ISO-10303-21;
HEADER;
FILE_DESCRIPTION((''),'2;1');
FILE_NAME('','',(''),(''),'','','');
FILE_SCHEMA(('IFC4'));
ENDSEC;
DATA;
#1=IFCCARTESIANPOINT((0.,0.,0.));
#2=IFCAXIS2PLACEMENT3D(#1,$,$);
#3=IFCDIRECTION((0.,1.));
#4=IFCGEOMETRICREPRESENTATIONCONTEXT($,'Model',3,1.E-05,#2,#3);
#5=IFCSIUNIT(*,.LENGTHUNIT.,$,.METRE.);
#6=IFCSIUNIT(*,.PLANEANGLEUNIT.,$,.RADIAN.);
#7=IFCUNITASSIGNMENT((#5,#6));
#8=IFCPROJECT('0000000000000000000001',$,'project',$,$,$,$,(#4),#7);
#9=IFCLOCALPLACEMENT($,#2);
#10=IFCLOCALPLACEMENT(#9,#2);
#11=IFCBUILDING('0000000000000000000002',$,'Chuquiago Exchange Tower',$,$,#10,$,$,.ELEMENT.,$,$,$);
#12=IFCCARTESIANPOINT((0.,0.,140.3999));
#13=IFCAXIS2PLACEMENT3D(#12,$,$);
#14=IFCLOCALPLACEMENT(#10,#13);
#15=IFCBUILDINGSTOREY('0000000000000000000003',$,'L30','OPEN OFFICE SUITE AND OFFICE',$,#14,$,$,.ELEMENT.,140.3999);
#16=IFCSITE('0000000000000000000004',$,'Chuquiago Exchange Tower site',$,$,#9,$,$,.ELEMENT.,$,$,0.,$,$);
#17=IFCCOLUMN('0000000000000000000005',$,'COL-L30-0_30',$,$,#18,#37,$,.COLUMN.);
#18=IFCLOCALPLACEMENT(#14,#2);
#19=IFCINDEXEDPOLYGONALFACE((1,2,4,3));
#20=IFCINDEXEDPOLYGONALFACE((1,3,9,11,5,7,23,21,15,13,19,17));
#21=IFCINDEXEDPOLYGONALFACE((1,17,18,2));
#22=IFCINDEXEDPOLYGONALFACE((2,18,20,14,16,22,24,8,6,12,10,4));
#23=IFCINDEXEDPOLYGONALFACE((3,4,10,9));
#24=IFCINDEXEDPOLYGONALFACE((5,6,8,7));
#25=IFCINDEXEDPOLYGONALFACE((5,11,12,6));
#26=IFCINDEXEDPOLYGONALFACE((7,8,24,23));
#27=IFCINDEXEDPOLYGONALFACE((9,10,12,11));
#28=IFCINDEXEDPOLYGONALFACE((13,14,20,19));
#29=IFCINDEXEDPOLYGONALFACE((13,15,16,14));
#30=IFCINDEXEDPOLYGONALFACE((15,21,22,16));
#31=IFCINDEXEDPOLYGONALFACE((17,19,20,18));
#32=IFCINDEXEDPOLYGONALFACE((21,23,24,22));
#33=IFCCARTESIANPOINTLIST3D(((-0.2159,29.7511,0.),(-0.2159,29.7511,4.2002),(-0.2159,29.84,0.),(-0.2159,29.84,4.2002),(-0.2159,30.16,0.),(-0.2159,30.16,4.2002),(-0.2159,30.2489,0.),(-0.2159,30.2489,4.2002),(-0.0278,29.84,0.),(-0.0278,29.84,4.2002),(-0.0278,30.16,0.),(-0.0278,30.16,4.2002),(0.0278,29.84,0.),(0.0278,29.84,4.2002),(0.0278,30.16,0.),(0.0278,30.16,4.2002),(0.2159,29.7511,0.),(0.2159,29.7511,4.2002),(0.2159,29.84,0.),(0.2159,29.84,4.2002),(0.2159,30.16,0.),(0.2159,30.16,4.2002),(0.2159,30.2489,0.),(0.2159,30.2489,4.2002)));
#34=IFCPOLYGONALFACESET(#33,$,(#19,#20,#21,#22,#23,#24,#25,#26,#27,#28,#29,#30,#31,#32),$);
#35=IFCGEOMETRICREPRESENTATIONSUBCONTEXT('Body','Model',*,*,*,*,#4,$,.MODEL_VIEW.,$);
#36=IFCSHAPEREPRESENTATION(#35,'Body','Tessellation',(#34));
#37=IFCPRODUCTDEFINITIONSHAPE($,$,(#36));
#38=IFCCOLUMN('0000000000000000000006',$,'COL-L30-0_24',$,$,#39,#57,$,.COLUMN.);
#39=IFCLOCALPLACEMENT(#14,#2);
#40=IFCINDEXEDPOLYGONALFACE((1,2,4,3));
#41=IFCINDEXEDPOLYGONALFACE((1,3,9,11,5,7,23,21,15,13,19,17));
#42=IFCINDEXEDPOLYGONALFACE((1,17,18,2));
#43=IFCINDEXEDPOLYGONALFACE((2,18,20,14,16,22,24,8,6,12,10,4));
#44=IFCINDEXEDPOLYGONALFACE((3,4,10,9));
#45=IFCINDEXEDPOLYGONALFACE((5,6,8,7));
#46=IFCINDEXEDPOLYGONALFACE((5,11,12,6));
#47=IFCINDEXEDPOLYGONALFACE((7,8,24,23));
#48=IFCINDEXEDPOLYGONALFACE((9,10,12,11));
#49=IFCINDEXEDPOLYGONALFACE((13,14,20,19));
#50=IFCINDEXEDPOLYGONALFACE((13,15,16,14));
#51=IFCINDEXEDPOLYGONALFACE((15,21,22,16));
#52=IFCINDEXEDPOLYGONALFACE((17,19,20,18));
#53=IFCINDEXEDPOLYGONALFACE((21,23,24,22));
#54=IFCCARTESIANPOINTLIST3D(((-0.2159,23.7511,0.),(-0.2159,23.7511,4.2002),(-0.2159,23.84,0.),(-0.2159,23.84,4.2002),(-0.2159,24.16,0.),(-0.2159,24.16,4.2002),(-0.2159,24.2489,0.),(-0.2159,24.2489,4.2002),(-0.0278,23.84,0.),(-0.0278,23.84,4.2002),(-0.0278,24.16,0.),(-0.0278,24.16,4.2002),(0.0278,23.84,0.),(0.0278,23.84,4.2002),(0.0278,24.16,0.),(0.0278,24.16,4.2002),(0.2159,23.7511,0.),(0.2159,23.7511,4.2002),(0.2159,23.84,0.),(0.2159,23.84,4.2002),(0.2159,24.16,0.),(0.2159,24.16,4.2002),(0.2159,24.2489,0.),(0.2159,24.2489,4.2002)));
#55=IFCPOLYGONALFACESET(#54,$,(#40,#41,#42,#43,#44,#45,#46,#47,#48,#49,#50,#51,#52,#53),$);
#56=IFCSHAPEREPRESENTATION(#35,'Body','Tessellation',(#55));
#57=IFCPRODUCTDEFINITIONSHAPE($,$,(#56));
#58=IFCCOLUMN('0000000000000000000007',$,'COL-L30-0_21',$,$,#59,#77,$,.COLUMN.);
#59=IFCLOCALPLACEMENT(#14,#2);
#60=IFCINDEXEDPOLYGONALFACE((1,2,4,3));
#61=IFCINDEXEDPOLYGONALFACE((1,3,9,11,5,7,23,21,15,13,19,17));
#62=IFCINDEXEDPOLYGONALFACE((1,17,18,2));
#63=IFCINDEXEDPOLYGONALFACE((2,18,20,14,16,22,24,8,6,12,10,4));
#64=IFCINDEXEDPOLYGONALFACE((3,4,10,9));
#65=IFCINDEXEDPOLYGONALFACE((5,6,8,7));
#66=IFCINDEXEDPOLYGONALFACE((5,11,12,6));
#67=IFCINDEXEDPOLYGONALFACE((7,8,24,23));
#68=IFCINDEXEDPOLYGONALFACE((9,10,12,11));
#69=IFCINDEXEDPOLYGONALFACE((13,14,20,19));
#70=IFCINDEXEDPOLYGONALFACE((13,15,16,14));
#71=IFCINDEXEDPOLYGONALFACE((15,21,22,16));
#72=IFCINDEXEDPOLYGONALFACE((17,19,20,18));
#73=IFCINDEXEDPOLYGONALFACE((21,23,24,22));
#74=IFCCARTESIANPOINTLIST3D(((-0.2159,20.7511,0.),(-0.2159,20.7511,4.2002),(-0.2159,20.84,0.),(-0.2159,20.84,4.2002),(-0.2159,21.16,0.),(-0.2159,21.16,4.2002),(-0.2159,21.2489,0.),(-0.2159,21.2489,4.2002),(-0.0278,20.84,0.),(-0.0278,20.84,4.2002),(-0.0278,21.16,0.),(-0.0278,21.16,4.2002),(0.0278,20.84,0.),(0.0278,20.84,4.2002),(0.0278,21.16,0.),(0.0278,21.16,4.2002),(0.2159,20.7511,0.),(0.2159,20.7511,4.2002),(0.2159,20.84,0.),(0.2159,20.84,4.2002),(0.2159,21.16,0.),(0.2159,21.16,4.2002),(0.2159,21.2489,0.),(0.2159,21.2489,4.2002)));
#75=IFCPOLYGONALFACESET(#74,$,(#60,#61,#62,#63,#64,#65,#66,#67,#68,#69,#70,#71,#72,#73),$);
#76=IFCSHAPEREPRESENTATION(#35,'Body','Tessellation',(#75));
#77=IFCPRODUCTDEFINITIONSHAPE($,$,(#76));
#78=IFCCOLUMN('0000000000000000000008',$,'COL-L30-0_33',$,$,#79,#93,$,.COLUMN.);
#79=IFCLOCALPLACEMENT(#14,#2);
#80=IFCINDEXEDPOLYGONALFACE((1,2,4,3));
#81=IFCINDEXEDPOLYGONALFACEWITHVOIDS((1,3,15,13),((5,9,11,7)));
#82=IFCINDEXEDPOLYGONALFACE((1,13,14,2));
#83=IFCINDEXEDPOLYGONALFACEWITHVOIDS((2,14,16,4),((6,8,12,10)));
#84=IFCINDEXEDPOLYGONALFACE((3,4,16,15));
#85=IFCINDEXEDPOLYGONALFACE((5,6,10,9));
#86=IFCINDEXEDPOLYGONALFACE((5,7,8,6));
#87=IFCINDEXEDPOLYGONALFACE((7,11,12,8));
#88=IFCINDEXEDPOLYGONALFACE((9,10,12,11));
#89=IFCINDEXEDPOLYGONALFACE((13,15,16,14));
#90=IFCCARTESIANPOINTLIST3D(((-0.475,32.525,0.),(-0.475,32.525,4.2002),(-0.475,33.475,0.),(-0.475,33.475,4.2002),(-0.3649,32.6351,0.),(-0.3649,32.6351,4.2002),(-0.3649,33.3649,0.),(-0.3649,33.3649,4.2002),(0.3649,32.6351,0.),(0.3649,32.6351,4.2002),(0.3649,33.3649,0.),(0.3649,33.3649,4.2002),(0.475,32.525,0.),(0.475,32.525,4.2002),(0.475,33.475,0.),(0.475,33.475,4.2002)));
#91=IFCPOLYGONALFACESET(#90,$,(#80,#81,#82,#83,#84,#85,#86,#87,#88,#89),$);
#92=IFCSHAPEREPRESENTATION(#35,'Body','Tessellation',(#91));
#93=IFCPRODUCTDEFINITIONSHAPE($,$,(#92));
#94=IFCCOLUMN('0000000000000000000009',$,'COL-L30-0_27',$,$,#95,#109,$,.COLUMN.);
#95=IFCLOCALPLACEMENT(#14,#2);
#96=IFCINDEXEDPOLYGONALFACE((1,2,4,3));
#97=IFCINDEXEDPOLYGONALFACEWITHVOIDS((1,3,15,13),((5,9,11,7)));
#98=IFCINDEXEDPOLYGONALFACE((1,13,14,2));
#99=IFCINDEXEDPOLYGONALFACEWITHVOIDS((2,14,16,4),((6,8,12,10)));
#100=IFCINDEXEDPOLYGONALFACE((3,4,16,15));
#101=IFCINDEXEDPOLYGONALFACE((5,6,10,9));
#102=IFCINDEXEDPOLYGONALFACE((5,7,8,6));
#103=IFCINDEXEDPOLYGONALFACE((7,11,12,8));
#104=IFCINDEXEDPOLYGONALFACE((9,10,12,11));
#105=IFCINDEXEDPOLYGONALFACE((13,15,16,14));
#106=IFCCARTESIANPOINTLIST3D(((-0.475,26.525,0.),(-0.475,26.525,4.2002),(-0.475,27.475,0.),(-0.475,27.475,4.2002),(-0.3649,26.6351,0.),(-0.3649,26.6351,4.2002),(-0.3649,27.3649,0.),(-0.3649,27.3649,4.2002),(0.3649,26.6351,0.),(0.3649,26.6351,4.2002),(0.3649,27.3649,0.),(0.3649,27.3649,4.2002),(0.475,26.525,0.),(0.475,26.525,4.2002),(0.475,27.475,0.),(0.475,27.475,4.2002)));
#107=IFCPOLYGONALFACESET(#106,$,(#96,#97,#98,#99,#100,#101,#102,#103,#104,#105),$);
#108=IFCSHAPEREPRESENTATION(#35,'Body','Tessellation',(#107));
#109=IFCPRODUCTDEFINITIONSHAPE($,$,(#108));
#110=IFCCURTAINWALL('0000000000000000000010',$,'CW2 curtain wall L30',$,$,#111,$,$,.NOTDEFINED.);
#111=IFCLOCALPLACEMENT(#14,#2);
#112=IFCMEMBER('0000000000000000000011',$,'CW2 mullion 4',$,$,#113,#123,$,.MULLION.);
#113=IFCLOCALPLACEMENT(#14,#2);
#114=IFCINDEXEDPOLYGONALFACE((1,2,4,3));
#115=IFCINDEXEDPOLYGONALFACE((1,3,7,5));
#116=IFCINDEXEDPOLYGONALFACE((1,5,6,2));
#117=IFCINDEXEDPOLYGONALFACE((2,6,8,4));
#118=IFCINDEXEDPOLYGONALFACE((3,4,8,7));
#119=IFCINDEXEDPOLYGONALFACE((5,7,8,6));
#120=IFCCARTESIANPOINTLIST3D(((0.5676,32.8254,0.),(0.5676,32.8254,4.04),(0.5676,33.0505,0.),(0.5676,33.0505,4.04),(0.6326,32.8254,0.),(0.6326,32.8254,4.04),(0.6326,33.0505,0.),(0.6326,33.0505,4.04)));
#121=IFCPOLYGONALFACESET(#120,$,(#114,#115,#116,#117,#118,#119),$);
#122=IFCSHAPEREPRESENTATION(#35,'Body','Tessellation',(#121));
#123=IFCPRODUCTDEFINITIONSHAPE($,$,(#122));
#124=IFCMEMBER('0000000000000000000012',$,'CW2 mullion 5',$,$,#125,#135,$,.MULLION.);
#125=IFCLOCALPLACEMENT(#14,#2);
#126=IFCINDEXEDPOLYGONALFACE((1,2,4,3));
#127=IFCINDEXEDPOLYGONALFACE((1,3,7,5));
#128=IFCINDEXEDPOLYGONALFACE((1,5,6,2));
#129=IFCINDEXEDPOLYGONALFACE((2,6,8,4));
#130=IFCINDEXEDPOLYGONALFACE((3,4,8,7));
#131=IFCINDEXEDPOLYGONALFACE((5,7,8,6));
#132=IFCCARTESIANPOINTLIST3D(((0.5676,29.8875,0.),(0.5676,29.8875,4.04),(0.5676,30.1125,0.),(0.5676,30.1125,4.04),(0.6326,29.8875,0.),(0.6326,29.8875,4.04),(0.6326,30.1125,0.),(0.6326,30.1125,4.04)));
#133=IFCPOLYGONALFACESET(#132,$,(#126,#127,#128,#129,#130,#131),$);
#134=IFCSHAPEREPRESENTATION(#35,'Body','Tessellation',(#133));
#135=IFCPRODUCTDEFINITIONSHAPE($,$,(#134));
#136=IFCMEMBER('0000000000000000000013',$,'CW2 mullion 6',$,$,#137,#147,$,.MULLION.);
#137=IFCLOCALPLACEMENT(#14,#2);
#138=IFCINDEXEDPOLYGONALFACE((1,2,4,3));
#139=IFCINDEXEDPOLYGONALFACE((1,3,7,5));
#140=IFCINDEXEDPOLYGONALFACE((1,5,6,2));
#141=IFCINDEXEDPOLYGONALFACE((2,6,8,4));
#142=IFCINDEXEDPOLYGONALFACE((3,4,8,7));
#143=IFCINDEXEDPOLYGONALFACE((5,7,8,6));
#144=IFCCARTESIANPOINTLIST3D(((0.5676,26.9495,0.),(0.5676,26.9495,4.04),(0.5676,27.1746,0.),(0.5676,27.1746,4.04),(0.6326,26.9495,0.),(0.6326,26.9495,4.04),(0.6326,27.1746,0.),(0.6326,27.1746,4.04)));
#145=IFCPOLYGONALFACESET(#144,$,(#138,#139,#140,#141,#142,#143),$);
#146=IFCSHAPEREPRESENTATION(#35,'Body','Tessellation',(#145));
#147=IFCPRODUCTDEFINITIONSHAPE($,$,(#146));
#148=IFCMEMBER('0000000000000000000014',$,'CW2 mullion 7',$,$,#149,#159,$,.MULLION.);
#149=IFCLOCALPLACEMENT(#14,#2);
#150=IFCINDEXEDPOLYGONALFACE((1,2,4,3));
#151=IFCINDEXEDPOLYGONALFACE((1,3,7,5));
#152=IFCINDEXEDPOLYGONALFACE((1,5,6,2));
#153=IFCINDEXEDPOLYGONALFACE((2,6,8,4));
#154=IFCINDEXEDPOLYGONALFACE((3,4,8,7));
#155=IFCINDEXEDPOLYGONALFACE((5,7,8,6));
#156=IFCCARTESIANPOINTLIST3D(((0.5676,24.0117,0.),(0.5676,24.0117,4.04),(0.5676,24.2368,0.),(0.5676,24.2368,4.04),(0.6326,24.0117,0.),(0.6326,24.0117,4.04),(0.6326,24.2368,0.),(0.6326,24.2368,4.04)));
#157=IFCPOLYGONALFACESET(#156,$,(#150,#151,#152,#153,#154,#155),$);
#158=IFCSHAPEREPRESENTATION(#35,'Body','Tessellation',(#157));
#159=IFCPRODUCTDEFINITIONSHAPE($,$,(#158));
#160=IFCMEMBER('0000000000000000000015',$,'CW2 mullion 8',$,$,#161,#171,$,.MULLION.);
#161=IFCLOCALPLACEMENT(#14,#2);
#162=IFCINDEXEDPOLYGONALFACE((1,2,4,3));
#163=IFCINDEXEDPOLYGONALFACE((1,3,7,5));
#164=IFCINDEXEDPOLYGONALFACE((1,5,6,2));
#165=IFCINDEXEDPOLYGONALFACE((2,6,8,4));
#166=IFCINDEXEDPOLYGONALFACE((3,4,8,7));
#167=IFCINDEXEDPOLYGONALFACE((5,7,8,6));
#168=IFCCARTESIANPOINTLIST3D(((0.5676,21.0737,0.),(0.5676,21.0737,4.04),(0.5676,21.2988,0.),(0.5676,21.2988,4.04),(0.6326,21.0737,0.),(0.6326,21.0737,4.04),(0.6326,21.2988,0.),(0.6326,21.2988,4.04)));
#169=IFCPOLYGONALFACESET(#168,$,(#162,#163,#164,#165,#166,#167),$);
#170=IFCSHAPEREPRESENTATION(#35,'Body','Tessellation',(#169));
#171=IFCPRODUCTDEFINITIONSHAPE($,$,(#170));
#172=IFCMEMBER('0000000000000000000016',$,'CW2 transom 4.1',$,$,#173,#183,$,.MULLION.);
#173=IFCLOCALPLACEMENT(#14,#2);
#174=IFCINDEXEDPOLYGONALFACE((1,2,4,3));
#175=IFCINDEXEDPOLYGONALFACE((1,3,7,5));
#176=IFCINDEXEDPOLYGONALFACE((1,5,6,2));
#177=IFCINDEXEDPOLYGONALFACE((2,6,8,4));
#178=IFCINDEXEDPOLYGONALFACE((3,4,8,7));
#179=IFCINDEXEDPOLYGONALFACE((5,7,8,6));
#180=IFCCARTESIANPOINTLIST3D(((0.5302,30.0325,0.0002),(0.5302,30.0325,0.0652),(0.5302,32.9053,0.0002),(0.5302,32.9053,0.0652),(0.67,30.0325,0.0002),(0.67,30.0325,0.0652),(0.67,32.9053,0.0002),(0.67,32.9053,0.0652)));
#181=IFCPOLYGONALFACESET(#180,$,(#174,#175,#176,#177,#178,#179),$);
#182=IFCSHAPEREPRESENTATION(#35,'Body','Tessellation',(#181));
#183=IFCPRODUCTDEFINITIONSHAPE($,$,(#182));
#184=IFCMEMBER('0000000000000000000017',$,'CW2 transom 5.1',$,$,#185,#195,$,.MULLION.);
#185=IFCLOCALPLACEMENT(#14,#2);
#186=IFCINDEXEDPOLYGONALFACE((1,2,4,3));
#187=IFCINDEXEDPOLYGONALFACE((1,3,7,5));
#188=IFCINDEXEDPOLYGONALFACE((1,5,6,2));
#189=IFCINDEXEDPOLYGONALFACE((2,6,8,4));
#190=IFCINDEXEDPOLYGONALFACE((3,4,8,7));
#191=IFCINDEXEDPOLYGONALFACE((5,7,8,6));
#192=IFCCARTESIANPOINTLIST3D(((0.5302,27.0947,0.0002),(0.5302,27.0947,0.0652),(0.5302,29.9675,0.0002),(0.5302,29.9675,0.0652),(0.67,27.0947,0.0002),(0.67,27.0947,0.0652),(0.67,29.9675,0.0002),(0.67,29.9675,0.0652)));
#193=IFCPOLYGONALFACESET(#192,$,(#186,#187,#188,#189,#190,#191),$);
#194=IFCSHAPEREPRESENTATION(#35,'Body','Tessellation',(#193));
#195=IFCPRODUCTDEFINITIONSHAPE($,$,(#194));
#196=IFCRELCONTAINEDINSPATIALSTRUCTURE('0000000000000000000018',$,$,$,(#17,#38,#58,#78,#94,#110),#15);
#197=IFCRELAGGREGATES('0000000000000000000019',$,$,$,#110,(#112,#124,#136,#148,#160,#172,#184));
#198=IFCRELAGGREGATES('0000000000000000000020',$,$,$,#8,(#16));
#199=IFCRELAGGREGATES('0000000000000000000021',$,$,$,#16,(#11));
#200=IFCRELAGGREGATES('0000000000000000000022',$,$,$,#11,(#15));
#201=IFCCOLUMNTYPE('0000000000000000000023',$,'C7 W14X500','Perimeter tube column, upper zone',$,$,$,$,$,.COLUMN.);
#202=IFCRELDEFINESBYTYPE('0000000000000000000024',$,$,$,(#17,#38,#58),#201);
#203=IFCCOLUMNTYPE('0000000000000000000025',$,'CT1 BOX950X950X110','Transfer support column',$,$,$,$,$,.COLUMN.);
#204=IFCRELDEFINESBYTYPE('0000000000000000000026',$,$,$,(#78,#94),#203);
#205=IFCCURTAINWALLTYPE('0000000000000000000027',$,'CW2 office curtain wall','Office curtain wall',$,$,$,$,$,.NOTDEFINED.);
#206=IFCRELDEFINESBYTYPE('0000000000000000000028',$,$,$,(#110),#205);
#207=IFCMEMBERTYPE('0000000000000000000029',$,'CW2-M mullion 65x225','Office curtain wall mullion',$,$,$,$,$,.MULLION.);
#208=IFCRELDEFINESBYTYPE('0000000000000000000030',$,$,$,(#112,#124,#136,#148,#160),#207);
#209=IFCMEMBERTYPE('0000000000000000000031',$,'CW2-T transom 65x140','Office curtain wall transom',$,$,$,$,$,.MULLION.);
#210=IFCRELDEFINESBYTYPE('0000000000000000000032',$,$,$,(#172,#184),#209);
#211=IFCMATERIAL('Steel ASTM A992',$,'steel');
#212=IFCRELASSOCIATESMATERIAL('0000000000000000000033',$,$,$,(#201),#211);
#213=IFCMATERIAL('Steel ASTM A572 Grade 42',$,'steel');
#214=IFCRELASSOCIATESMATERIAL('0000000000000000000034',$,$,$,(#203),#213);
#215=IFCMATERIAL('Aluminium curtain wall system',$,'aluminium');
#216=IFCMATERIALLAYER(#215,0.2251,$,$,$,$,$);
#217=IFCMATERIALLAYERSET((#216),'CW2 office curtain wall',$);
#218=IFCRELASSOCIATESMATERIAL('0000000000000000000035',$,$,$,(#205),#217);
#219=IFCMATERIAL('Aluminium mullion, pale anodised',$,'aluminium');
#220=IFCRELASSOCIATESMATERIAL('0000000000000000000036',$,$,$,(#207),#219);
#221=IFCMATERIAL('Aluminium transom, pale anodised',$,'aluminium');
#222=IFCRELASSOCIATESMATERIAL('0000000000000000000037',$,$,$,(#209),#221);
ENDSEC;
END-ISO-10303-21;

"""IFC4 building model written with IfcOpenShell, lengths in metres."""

from ifc_helpers import new_model, si_unit, direction, frame, origin, origin_2d, place, context, subcontext, project, spatial, rectangle, hollow_rectangle, i_section, extrude, material, layer, layer_set, material_profile, profile_set, type_object, element, aggregate, save


model = new_model("IFC4")

# Units and contexts
model_context = context("Model", 3, precision=1e-05, world=origin(), true_north=direction((0.0, 1.0)))
body_context = subcontext(model_context, "Body", "Model", "MODEL_VIEW")
ifc_project = project(units=[si_unit("LENGTHUNIT", "METRE"), si_unit("PLANEANGLEUNIT", "RADIAN")], contexts=[model_context])

# Site, building, storey
site_placement = place(None, origin())
site = spatial("IfcSite", under=ifc_project, at=site_placement, Name="Chuquiago Exchange Tower site", CompositionType="ELEMENT", RefElevation=0.0)
building_placement = place(site_placement, origin())
building = spatial("IfcBuilding", under=site, at=building_placement, Name="Chuquiago Exchange Tower", CompositionType="ELEMENT")
storey_placement = place(building_placement, frame((0.0, 0.0, 140.3999)))
storey = spatial("IfcBuildingStorey", under=building, at=storey_placement, Name="L30", Description="OPEN OFFICE SUITE AND OFFICE", CompositionType="ELEMENT", Elevation=140.3999)

# Columns
ifc_material_1 = material(Name="Steel ASTM A992", Category="steel")
ifc_material_profile_1 = material_profile(ifc_material_1, i_section(OverallWidth=0.4319, OverallDepth=0.4978, WebThickness=0.0557, FlangeThickness=0.0889, at=origin_2d()), Name="W14X500")
ifc_profile_set_1 = profile_set([ifc_material_profile_1], Name="Steel ASTM A992")
column_type_1 = type_object("IfcColumnType", Name="C7 W14X500", Description="Perimeter tube column, upper zone", PredefinedType="COLUMN", material=ifc_profile_set_1)
for number, where, z_axis, x_axis, name in (
    (1, (0.0, 30.0, 0.0), (0.0, 0.0, 1.0), (-1.0, 0.0, 0.0), "COL-L30-0_30"),
    (2, (0.0, 24.0, 0.0), (0.0, 0.0, 1.0), (-1.0, 0.0, 0.0), "COL-L30-0_24"),
    (3, (0.0, 21.0, 0.0), (0.0, 0.0, 1.0), (-1.0, 0.0, 0.0), "COL-L30-0_21"),
):
    element("IfcColumn", number, at=place(storey_placement, frame(where, z_axis=z_axis, x_axis=x_axis)), inside=storey, type_object=column_type_1, Name=name, PredefinedType="COLUMN", context=body_context, shape_type="SweptSolid", body=[
        extrude(i_section(OverallWidth=0.4319, OverallDepth=0.4978, WebThickness=0.0557, FlangeThickness=0.0889, at=origin_2d()), origin(), (0.0, 0.0, 1.0), 4.2002),
    ])
ifc_material_2 = material(Name="Steel ASTM A572 Grade 42", Category="steel")
ifc_material_profile_2 = material_profile(ifc_material_2, hollow_rectangle(XDim=0.95, YDim=0.95, WallThickness=0.1101, at=origin_2d()), Name="BOX950X950X110")
ifc_profile_set_2 = profile_set([ifc_material_profile_2], Name="Steel ASTM A572 Grade 42")
column_type_2 = type_object("IfcColumnType", Name="CT1 BOX950X950X110", Description="Transfer support column", PredefinedType="COLUMN", material=ifc_profile_set_2)
for number, where, z_axis, x_axis, name in (
    (4, (0.0, 33.0, 0.0), (0.0, 0.0, 1.0), (-1.0, 0.0, 0.0), "COL-L30-0_33"),
    (5, (0.0, 27.0, 0.0), (0.0, 0.0, 1.0), (-1.0, 0.0, 0.0), "COL-L30-0_27"),
):
    element("IfcColumn", number, at=place(storey_placement, frame(where, z_axis=z_axis, x_axis=x_axis)), inside=storey, type_object=column_type_2, Name=name, PredefinedType="COLUMN", context=body_context, shape_type="SweptSolid", body=[
        extrude(hollow_rectangle(XDim=0.95, YDim=0.95, WallThickness=0.1101, at=origin_2d()), origin(), (0.0, 0.0, 1.0), 4.2002),
    ])

# Curtain wall, members
ifc_material_3 = material(Name="Aluminium curtain wall system", Category="aluminium")
ifc_layer_1 = layer(ifc_material_3, 0.2251)
ifc_layer_set_1 = layer_set([ifc_layer_1], Name="CW2 office curtain wall")
curtain_wall_type = type_object("IfcCurtainWallType", Name="CW2 office curtain wall", Description="Office curtain wall", PredefinedType="NOTDEFINED", material=ifc_layer_set_1)
curtain_wall_placement = place(storey_placement, origin())
curtain_wall = element("IfcCurtainWall", 6, at=curtain_wall_placement, inside=storey, type_object=curtain_wall_type, Name="CW2 curtain wall L30", PredefinedType="NOTDEFINED")
ifc_material_4 = material(Name="Aluminium mullion, pale anodised", Category="aluminium")
ifc_material_profile_3 = material_profile(ifc_material_4, rectangle(XDim=0.0649, YDim=0.2251, at=origin_2d()), Name="AL 65x225")
ifc_profile_set_3 = profile_set([ifc_material_profile_3], Name="Aluminium mullion, pale anodised")
member_type_1 = type_object("IfcMemberType", Name="CW2-M mullion 65x225", Description="Office curtain wall mullion", PredefinedType="MULLION", material=ifc_profile_set_3)
member_1_placement = place(storey_placement, frame((0.6001, 32.938, 0.0), z_axis=(0.0, 0.0, 1.0), x_axis=(1.0, 0.0, 0.0)))
member_1 = element("IfcMember", 7, at=member_1_placement, type_object=member_type_1, Name="CW2 mullion 4", PredefinedType="MULLION", context=body_context, shape_type="SweptSolid", body=[
    extrude(rectangle(XDim=0.0649, YDim=0.2251, at=origin_2d()), origin(), (0.0, 0.0, 1.0), 4.04),
])
member_2_placement = place(storey_placement, frame((0.6001, 30.0, 0.0), z_axis=(0.0, 0.0, 1.0), x_axis=(1.0, 0.0, 0.0)))
member_2 = element("IfcMember", 8, at=member_2_placement, type_object=member_type_1, Name="CW2 mullion 5", PredefinedType="MULLION", context=body_context, shape_type="SweptSolid", body=[
    extrude(rectangle(XDim=0.0649, YDim=0.2251, at=origin_2d()), origin(), (0.0, 0.0, 1.0), 4.04),
])
member_3_placement = place(storey_placement, frame((0.6001, 27.062, 0.0), z_axis=(0.0, 0.0, 1.0), x_axis=(1.0, 0.0, 0.0)))
member_3 = element("IfcMember", 9, at=member_3_placement, type_object=member_type_1, Name="CW2 mullion 6", PredefinedType="MULLION", context=body_context, shape_type="SweptSolid", body=[
    extrude(rectangle(XDim=0.0649, YDim=0.2251, at=origin_2d()), origin(), (0.0, 0.0, 1.0), 4.04),
])
member_4_placement = place(storey_placement, frame((0.6001, 24.1243, 0.0), z_axis=(0.0, 0.0, 1.0), x_axis=(1.0, 0.0, 0.0)))
member_4 = element("IfcMember", 10, at=member_4_placement, type_object=member_type_1, Name="CW2 mullion 7", PredefinedType="MULLION", context=body_context, shape_type="SweptSolid", body=[
    extrude(rectangle(XDim=0.0649, YDim=0.2251, at=origin_2d()), origin(), (0.0, 0.0, 1.0), 4.04),
])
member_5_placement = place(storey_placement, frame((0.6001, 21.1863, 0.0), z_axis=(0.0, 0.0, 1.0), x_axis=(1.0, 0.0, 0.0)))
member_5 = element("IfcMember", 11, at=member_5_placement, type_object=member_type_1, Name="CW2 mullion 8", PredefinedType="MULLION", context=body_context, shape_type="SweptSolid", body=[
    extrude(rectangle(XDim=0.0649, YDim=0.2251, at=origin_2d()), origin(), (0.0, 0.0, 1.0), 4.04),
])
ifc_material_5 = material(Name="Aluminium transom, pale anodised", Category="aluminium")
ifc_material_profile_4 = material_profile(ifc_material_5, rectangle(XDim=0.1399, YDim=0.0649, at=origin_2d()), Name="AL 140x65")
ifc_profile_set_4 = profile_set([ifc_material_profile_4], Name="Aluminium transom, pale anodised")
member_type_2 = type_object("IfcMemberType", Name="CW2-T transom 65x140", Description="Office curtain wall transom", PredefinedType="MULLION", material=ifc_profile_set_4)
member_6_placement = place(storey_placement, frame((0.6001, 32.9053, 0.0327), z_axis=(0.0, -1.0, 0.0), x_axis=(1.0, 0.0, 0.0)))
member_6 = element("IfcMember", 12, at=member_6_placement, type_object=member_type_2, Name="CW2 transom 4.1", PredefinedType="MULLION", context=body_context, shape_type="SweptSolid", body=[
    extrude(rectangle(XDim=0.1399, YDim=0.0649, at=origin_2d()), origin(), (0.0, 0.0, 1.0), 2.8728),
])
member_7_placement = place(storey_placement, frame((0.6001, 29.9675, 0.0327), z_axis=(0.0, -1.0, 0.0), x_axis=(1.0, 0.0, 0.0)))
member_7 = element("IfcMember", 13, at=member_7_placement, type_object=member_type_2, Name="CW2 transom 5.1", PredefinedType="MULLION", context=body_context, shape_type="SweptSolid", body=[
    extrude(rectangle(XDim=0.1399, YDim=0.0649, at=origin_2d()), origin(), (0.0, 0.0, 1.0), 2.8728),
])

aggregate(curtain_wall, [member_1, member_2, member_3, member_4, member_5, member_6, member_7])

save(model, "model.ifc")
